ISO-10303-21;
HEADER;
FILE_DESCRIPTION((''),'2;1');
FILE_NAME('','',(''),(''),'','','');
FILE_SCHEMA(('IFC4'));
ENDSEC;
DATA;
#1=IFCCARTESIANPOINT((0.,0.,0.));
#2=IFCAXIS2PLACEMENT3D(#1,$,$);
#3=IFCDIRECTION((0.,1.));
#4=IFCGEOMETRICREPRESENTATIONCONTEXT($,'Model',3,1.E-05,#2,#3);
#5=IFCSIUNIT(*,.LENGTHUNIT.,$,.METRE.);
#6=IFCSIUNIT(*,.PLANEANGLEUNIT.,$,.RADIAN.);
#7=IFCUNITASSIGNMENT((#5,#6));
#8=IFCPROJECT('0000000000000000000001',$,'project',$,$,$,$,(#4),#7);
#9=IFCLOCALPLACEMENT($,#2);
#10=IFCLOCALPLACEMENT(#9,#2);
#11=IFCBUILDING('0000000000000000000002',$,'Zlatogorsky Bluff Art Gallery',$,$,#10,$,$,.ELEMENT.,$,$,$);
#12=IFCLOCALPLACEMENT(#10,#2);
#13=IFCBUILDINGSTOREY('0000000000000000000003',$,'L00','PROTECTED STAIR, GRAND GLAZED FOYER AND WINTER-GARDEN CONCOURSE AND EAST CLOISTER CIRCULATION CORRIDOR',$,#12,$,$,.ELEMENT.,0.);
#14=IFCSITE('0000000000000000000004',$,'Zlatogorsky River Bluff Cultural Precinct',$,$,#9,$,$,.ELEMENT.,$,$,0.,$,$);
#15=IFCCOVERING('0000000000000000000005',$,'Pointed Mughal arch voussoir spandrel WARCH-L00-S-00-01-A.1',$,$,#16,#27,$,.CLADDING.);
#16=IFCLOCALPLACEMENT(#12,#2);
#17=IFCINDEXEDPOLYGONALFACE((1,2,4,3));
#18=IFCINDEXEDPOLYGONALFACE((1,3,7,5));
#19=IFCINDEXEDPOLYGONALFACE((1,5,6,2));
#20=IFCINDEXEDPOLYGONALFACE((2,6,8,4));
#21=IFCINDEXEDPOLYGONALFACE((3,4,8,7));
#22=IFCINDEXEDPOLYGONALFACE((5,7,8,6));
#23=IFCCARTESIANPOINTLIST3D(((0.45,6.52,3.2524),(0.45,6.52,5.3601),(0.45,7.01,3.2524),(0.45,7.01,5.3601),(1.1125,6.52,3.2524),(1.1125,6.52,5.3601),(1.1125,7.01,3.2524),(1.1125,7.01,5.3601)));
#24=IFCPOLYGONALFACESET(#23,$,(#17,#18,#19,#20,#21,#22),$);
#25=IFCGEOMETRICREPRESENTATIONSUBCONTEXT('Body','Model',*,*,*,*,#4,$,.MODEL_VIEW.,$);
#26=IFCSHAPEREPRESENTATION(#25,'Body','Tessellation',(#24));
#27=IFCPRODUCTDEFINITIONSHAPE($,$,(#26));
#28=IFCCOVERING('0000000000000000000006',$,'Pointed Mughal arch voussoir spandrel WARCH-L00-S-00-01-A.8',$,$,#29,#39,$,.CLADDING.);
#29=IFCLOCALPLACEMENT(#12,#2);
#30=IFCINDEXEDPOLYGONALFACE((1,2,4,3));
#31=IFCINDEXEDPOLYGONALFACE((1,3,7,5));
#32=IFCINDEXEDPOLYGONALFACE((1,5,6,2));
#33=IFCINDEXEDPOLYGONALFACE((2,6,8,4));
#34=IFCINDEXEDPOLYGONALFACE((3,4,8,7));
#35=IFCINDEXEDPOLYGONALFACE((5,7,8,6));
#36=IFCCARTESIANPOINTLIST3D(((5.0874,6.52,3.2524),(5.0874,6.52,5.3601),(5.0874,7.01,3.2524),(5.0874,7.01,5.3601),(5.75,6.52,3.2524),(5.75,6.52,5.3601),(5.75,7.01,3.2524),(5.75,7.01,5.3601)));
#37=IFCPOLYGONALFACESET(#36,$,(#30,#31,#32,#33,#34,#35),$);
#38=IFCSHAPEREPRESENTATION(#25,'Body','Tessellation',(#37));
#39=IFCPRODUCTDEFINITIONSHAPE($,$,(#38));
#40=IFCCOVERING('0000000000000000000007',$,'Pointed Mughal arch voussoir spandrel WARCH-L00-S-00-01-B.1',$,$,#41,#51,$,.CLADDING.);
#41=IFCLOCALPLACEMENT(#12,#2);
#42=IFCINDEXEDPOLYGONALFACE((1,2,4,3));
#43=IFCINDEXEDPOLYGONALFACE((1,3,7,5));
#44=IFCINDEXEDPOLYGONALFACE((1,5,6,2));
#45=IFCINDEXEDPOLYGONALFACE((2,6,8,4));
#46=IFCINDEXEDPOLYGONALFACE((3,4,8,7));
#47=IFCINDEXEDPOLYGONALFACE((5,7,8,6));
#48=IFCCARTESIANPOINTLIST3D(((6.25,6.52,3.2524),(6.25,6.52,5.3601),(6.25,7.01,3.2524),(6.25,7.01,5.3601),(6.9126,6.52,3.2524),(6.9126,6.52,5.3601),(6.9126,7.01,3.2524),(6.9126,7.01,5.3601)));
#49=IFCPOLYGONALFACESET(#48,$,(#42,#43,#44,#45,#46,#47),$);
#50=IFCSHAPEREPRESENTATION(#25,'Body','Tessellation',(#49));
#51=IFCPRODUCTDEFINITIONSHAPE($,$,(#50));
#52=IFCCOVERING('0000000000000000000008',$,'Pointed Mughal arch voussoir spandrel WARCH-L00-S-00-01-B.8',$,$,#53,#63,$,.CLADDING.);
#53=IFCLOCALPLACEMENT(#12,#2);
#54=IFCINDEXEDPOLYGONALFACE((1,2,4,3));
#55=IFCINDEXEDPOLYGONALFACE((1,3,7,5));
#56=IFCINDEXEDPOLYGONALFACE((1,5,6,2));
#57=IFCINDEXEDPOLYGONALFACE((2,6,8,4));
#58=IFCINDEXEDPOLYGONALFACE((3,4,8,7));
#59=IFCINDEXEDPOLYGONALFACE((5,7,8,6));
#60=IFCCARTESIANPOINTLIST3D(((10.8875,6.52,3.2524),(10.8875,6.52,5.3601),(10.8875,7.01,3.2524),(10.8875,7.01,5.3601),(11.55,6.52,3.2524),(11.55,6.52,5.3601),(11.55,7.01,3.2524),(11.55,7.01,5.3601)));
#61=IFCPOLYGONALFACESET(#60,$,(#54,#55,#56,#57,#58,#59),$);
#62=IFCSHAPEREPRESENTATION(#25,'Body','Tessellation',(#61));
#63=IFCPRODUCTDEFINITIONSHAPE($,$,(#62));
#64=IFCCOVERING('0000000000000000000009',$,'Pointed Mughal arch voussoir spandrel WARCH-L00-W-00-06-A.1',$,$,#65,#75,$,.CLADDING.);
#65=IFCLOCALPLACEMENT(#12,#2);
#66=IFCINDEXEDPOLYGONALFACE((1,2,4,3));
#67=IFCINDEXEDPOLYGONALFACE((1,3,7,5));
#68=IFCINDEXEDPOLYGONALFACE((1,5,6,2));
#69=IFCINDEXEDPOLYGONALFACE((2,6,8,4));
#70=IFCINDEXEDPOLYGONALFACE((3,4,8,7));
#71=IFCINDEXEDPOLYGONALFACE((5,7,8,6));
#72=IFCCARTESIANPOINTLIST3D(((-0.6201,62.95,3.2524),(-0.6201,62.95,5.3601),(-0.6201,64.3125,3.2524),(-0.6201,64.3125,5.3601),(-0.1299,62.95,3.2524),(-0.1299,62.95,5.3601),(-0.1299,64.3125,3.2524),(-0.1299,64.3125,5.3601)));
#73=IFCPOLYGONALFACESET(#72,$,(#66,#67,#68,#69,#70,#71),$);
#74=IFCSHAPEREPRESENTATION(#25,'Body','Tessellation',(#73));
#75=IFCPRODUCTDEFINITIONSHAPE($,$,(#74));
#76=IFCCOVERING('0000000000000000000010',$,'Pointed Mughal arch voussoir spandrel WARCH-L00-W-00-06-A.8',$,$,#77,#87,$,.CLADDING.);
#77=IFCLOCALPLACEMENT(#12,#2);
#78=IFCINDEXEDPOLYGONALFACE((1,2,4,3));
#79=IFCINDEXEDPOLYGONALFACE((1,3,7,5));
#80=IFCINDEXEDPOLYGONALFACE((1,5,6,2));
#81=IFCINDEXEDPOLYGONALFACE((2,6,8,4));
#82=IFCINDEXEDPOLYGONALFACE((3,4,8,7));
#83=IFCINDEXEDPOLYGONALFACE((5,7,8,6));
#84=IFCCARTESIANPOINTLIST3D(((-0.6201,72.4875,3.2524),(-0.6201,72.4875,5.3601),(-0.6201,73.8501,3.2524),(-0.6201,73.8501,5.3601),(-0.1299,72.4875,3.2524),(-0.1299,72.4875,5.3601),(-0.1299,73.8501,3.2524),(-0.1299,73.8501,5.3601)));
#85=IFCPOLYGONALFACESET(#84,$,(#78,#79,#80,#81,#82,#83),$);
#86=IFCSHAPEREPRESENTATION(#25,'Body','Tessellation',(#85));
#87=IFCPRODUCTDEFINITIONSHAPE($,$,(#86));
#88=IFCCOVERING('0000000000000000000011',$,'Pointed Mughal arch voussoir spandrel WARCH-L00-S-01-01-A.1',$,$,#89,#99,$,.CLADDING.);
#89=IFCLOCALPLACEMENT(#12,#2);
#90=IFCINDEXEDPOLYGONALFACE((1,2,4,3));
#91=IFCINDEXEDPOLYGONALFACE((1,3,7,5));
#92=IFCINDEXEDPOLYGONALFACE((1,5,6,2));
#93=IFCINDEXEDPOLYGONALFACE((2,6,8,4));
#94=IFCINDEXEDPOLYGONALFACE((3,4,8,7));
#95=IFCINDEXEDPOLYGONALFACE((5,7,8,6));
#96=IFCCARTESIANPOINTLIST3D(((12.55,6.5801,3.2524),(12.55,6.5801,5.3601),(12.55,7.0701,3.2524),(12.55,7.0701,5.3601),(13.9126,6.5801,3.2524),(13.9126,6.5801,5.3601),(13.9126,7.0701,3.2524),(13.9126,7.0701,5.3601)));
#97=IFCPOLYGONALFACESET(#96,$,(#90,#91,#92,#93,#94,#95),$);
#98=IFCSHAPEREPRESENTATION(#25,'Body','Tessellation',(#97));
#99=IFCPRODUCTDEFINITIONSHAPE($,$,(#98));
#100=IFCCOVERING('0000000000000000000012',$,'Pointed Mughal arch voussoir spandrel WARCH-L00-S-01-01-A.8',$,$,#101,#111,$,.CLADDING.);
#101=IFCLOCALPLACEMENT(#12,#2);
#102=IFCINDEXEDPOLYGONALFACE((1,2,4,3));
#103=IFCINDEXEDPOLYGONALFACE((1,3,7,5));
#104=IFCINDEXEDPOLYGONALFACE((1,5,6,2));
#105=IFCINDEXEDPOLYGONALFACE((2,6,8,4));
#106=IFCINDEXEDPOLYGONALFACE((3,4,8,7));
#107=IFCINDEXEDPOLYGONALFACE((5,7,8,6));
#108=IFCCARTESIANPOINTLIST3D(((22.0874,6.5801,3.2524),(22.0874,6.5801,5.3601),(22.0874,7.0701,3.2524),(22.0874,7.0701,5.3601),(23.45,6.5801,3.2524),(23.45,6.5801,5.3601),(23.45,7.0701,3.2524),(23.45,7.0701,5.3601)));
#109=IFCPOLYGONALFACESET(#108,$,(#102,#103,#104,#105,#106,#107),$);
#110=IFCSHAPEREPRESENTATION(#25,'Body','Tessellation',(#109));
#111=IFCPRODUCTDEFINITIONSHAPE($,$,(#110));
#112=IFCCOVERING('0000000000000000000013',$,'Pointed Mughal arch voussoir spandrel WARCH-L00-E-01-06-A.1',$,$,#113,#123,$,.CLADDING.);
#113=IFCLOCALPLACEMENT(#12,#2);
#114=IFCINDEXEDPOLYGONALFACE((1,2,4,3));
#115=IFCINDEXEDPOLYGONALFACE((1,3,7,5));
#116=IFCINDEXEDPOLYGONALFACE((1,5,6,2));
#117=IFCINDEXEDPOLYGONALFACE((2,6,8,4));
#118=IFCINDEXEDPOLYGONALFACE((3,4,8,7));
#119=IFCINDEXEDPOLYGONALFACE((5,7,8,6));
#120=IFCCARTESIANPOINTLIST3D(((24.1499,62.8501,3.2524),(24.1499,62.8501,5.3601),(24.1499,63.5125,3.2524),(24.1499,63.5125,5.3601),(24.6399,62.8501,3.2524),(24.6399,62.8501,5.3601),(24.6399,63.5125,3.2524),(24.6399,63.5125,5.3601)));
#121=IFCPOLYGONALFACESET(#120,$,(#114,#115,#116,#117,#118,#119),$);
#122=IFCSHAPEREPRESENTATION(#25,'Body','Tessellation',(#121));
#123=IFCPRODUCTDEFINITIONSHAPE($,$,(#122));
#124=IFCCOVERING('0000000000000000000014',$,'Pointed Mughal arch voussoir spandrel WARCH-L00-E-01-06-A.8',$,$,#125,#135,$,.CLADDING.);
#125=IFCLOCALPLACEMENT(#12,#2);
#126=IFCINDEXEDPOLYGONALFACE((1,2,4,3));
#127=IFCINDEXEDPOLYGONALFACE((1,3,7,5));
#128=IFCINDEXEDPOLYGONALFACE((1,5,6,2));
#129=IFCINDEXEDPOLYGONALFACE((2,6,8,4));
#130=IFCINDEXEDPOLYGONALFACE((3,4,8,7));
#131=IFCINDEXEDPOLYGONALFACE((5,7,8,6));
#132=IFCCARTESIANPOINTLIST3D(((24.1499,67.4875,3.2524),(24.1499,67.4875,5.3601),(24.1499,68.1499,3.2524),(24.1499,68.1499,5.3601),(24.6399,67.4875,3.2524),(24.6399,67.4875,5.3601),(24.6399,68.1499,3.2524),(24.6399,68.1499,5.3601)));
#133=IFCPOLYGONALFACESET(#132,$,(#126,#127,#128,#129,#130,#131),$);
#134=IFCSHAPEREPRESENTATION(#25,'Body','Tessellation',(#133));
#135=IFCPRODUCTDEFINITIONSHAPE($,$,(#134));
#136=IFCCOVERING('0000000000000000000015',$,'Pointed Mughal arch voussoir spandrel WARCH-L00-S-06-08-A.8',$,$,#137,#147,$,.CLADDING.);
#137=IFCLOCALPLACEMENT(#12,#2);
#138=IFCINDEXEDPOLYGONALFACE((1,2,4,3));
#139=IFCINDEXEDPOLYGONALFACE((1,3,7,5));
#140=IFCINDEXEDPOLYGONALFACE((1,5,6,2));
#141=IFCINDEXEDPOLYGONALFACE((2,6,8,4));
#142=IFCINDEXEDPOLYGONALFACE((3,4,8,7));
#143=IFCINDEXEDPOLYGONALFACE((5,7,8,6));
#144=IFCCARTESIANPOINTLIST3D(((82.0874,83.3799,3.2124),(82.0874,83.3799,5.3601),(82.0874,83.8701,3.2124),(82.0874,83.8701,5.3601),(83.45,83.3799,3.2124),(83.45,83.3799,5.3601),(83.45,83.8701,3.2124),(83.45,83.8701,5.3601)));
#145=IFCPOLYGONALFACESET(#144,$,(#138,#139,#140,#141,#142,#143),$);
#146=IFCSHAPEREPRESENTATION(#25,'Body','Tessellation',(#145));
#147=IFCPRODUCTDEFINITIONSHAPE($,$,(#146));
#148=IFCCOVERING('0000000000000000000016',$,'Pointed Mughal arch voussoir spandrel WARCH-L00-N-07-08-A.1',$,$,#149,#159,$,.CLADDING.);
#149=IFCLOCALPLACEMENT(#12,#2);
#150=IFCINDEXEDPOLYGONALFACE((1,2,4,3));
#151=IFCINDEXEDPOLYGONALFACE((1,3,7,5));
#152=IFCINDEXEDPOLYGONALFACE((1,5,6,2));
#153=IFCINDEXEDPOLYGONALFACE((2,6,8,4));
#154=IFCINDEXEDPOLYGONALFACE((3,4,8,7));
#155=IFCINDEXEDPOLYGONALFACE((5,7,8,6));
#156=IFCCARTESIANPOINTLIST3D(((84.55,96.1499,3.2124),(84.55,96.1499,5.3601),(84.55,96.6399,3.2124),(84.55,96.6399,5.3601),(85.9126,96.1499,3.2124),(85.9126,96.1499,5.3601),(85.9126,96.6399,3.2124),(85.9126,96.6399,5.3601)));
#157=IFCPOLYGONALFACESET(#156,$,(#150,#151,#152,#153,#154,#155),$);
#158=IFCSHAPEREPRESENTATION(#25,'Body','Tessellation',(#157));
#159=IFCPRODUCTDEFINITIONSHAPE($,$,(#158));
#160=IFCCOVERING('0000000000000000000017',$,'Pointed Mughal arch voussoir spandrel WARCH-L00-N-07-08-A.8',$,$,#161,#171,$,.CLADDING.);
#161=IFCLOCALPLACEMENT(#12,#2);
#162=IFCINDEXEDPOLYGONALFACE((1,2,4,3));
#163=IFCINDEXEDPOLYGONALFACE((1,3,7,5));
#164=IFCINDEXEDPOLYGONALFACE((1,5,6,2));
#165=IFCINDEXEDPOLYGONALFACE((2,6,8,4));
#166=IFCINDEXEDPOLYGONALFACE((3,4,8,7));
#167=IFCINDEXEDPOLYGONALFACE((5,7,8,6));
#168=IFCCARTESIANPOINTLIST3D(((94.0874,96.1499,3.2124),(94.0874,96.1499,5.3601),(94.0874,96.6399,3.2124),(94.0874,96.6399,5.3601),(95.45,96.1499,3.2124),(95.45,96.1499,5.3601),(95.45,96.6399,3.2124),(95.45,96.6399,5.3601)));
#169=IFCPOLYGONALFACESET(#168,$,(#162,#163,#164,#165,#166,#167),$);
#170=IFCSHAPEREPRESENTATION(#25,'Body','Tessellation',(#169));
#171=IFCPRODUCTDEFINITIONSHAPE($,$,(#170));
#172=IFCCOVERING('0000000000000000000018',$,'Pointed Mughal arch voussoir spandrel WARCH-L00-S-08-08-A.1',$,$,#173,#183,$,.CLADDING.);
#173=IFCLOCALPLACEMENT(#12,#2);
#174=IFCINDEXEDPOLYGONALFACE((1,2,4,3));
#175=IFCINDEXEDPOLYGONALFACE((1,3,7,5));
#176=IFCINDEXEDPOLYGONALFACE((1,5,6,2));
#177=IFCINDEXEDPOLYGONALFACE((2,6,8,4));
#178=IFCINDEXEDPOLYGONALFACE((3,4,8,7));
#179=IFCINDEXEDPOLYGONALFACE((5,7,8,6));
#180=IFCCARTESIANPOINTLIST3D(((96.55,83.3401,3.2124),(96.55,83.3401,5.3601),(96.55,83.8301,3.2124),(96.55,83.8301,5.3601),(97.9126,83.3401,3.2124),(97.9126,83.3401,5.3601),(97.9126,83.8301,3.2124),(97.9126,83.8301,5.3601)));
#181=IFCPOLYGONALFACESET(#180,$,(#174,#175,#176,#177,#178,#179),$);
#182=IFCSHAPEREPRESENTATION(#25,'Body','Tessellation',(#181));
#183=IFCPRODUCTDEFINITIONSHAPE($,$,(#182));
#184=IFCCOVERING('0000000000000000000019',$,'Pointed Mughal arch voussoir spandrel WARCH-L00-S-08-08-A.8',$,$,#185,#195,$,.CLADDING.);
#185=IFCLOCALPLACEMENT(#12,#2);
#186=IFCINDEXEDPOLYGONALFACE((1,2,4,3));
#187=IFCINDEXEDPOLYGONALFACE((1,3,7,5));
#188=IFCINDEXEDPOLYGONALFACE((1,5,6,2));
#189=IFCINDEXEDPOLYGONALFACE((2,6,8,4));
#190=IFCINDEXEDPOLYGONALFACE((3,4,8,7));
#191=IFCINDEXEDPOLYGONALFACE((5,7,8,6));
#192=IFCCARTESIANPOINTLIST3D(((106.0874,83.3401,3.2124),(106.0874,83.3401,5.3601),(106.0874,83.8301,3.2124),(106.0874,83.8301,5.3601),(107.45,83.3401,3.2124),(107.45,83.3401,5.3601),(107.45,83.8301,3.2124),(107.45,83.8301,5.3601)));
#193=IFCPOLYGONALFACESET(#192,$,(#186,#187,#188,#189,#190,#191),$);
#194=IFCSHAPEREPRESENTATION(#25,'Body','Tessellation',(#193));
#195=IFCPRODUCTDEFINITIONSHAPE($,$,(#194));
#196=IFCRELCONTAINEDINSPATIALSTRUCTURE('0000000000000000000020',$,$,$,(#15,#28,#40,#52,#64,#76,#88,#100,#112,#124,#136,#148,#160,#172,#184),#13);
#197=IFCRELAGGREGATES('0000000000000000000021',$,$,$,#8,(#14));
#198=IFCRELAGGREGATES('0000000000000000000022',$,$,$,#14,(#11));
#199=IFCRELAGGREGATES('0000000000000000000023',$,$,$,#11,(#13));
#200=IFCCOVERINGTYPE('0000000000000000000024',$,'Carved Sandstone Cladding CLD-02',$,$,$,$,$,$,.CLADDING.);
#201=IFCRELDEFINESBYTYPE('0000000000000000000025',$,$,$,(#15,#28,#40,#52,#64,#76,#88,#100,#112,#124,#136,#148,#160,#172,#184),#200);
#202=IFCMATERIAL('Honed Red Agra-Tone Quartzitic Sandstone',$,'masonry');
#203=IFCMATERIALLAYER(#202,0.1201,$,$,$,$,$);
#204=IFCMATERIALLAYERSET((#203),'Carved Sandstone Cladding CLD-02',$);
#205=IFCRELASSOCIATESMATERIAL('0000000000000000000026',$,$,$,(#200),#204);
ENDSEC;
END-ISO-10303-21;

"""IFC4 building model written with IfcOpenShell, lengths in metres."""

from ifc_helpers import new_model, si_unit, direction, frame, origin, place, context, subcontext, project, spatial, polyline, outline, extrude, material, layer, layer_set, type_object, element, save


model = new_model("IFC4")

# Units and contexts
model_context = context("Model", 3, precision=1e-05, world=origin(), true_north=direction((0.0, 1.0)))
body_context = subcontext(model_context, "Body", "Model", "MODEL_VIEW")
ifc_project = project(units=[si_unit("LENGTHUNIT", "METRE"), si_unit("PLANEANGLEUNIT", "RADIAN")], contexts=[model_context])

# Site, building, storey
site_placement = place(None, origin())
site = spatial("IfcSite", under=ifc_project, at=site_placement, Name="Zlatogorsky River Bluff Cultural Precinct", CompositionType="ELEMENT", RefElevation=0.0)
building_placement = place(site_placement, origin())
building = spatial("IfcBuilding", under=site, at=building_placement, Name="Zlatogorsky Bluff Art Gallery", CompositionType="ELEMENT")
storey_placement = place(building_placement, origin())
storey = spatial("IfcBuildingStorey", under=building, at=storey_placement, Name="L00", Description="PROTECTED STAIR, GRAND GLAZED FOYER AND WINTER-GARDEN CONCOURSE AND EAST CLOISTER CIRCULATION CORRIDOR", CompositionType="ELEMENT", Elevation=0.0)

# Coverings
ifc_material = material(Name="Honed Red Agra-Tone Quartzitic Sandstone", Category="masonry")
ifc_layer = layer(ifc_material, 0.1201)
ifc_layer_set = layer_set([ifc_layer], Name="Carved Sandstone Cladding CLD-02")
covering_type = type_object("IfcCoveringType", Name="Carved Sandstone Cladding CLD-02", PredefinedType="CLADDING", material=ifc_layer_set)
covering_1_placement = place(storey_placement, frame((0.0, 0.0, 3.2524)))
element("IfcCovering", 1, at=covering_1_placement, inside=storey, type_object=covering_type, Name="Pointed Mughal arch voussoir spandrel WARCH-L00-S-00-01-A.1", PredefinedType="CLADDING", context=body_context, shape_type="SweptSolid", body=[
    extrude(outline(polyline([(0.45, 6.52), (1.1125, 6.52), (1.1125, 7.01), (0.45, 7.01), (0.45, 6.52)])), origin(), (0.0, 0.0, 1.0), 2.1077),
])
covering_2_placement = place(storey_placement, frame((0.0, 0.0, 3.2524)))
element("IfcCovering", 2, at=covering_2_placement, inside=storey, type_object=covering_type, Name="Pointed Mughal arch voussoir spandrel WARCH-L00-S-00-01-A.8", PredefinedType="CLADDING", context=body_context, shape_type="SweptSolid", body=[
    extrude(outline(polyline([(5.0874, 6.52), (5.75, 6.52), (5.75, 7.01), (5.0874, 7.01), (5.0874, 6.52)])), origin(), (0.0, 0.0, 1.0), 2.1077),
])
covering_3_placement = place(storey_placement, frame((0.0, 0.0, 3.2524)))
element("IfcCovering", 3, at=covering_3_placement, inside=storey, type_object=covering_type, Name="Pointed Mughal arch voussoir spandrel WARCH-L00-S-00-01-B.1", PredefinedType="CLADDING", context=body_context, shape_type="SweptSolid", body=[
    extrude(outline(polyline([(6.25, 6.52), (6.9126, 6.52), (6.9126, 7.01), (6.25, 7.01), (6.25, 6.52)])), origin(), (0.0, 0.0, 1.0), 2.1077),
])
covering_4_placement = place(storey_placement, frame((0.0, 0.0, 3.2524)))
element("IfcCovering", 4, at=covering_4_placement, inside=storey, type_object=covering_type, Name="Pointed Mughal arch voussoir spandrel WARCH-L00-S-00-01-B.8", PredefinedType="CLADDING", context=body_context, shape_type="SweptSolid", body=[
    extrude(outline(polyline([(10.8875, 6.52), (11.55, 6.52), (11.55, 7.01), (10.8875, 7.01), (10.8875, 6.52)])), origin(), (0.0, 0.0, 1.0), 2.1077),
])
covering_5_placement = place(storey_placement, frame((0.0, 0.0, 3.2524)))
element("IfcCovering", 5, at=covering_5_placement, inside=storey, type_object=covering_type, Name="Pointed Mughal arch voussoir spandrel WARCH-L00-W-00-06-A.1", PredefinedType="CLADDING", context=body_context, shape_type="SweptSolid", body=[
    extrude(outline(polyline([(-0.6201, 62.95), (-0.6201, 64.3125), (-0.1299, 64.3125), (-0.1299, 62.95), (-0.6201, 62.95)])), origin(), (0.0, 0.0, 1.0), 2.1077),
])
covering_6_placement = place(storey_placement, frame((0.0, 0.0, 3.2524)))
element("IfcCovering", 6, at=covering_6_placement, inside=storey, type_object=covering_type, Name="Pointed Mughal arch voussoir spandrel WARCH-L00-W-00-06-A.8", PredefinedType="CLADDING", context=body_context, shape_type="SweptSolid", body=[
    extrude(outline(polyline([(-0.6201, 72.4875), (-0.6201, 73.8501), (-0.1299, 73.8501), (-0.1299, 72.4875), (-0.6201, 72.4875)])), origin(), (0.0, 0.0, 1.0), 2.1077),
])
covering_7_placement = place(storey_placement, frame((0.0, 0.0, 3.2524)))
element("IfcCovering", 7, at=covering_7_placement, inside=storey, type_object=covering_type, Name="Pointed Mughal arch voussoir spandrel WARCH-L00-S-01-01-A.1", PredefinedType="CLADDING", context=body_context, shape_type="SweptSolid", body=[
    extrude(outline(polyline([(12.55, 6.5801), (13.9126, 6.5801), (13.9126, 7.0701), (12.55, 7.0701), (12.55, 6.5801)])), origin(), (0.0, 0.0, 1.0), 2.1077),
])
covering_8_placement = place(storey_placement, frame((0.0, 0.0, 3.2524)))
element("IfcCovering", 8, at=covering_8_placement, inside=storey, type_object=covering_type, Name="Pointed Mughal arch voussoir spandrel WARCH-L00-S-01-01-A.8", PredefinedType="CLADDING", context=body_context, shape_type="SweptSolid", body=[
    extrude(outline(polyline([(22.0874, 6.5801), (23.45, 6.5801), (23.45, 7.0701), (22.0874, 7.0701), (22.0874, 6.5801)])), origin(), (0.0, 0.0, 1.0), 2.1077),
])
covering_9_placement = place(storey_placement, frame((0.0, 0.0, 3.2524)))
element("IfcCovering", 9, at=covering_9_placement, inside=storey, type_object=covering_type, Name="Pointed Mughal arch voussoir spandrel WARCH-L00-E-01-06-A.1", PredefinedType="CLADDING", context=body_context, shape_type="SweptSolid", body=[
    extrude(outline(polyline([(24.1499, 62.8501), (24.1499, 63.5125), (24.6399, 63.5125), (24.6399, 62.8501), (24.1499, 62.8501)])), origin(), (0.0, 0.0, 1.0), 2.1077),
])
covering_10_placement = place(storey_placement, frame((0.0, 0.0, 3.2524)))
element("IfcCovering", 10, at=covering_10_placement, inside=storey, type_object=covering_type, Name="Pointed Mughal arch voussoir spandrel WARCH-L00-E-01-06-A.8", PredefinedType="CLADDING", context=body_context, shape_type="SweptSolid", body=[
    extrude(outline(polyline([(24.1499, 67.4875), (24.1499, 68.1499), (24.6399, 68.1499), (24.6399, 67.4875), (24.1499, 67.4875)])), origin(), (0.0, 0.0, 1.0), 2.1077),
])
covering_11_placement = place(storey_placement, frame((0.0, 0.0, 3.2124)))
element("IfcCovering", 11, at=covering_11_placement, inside=storey, type_object=covering_type, Name="Pointed Mughal arch voussoir spandrel WARCH-L00-S-06-08-A.8", PredefinedType="CLADDING", context=body_context, shape_type="SweptSolid", body=[
    extrude(outline(polyline([(82.0874, 83.3799), (83.45, 83.3799), (83.45, 83.8701), (82.0874, 83.8701), (82.0874, 83.3799)])), origin(), (0.0, 0.0, 1.0), 2.1477),
])
covering_12_placement = place(storey_placement, frame((0.0, 0.0, 3.2124)))
element("IfcCovering", 12, at=covering_12_placement, inside=storey, type_object=covering_type, Name="Pointed Mughal arch voussoir spandrel WARCH-L00-N-07-08-A.1", PredefinedType="CLADDING", context=body_context, shape_type="SweptSolid", body=[
    extrude(outline(polyline([(84.55, 96.1499), (85.9126, 96.1499), (85.9126, 96.6399), (84.55, 96.6399), (84.55, 96.1499)])), origin(), (0.0, 0.0, 1.0), 2.1477),
])
covering_13_placement = place(storey_placement, frame((0.0, 0.0, 3.2124)))
element("IfcCovering", 13, at=covering_13_placement, inside=storey, type_object=covering_type, Name="Pointed Mughal arch voussoir spandrel WARCH-L00-N-07-08-A.8", PredefinedType="CLADDING", context=body_context, shape_type="SweptSolid", body=[
    extrude(outline(polyline([(94.0874, 96.1499), (95.45, 96.1499), (95.45, 96.6399), (94.0874, 96.6399), (94.0874, 96.1499)])), origin(), (0.0, 0.0, 1.0), 2.1477),
])
covering_14_placement = place(storey_placement, frame((0.0, 0.0, 3.2124)))
element("IfcCovering", 14, at=covering_14_placement, inside=storey, type_object=covering_type, Name="Pointed Mughal arch voussoir spandrel WARCH-L00-S-08-08-A.1", PredefinedType="CLADDING", context=body_context, shape_type="SweptSolid", body=[
    extrude(outline(polyline([(96.55, 83.3401), (97.9126, 83.3401), (97.9126, 83.8301), (96.55, 83.8301), (96.55, 83.3401)])), origin(), (0.0, 0.0, 1.0), 2.1477),
])
covering_15_placement = place(storey_placement, frame((0.0, 0.0, 3.2124)))
element("IfcCovering", 15, at=covering_15_placement, inside=storey, type_object=covering_type, Name="Pointed Mughal arch voussoir spandrel WARCH-L00-S-08-08-A.8", PredefinedType="CLADDING", context=body_context, shape_type="SweptSolid", body=[
    extrude(outline(polyline([(106.0874, 83.3401), (107.45, 83.3401), (107.45, 83.8301), (106.0874, 83.8301), (106.0874, 83.3401)])), origin(), (0.0, 0.0, 1.0), 2.1477),
])

save(model, "model.ifc")
